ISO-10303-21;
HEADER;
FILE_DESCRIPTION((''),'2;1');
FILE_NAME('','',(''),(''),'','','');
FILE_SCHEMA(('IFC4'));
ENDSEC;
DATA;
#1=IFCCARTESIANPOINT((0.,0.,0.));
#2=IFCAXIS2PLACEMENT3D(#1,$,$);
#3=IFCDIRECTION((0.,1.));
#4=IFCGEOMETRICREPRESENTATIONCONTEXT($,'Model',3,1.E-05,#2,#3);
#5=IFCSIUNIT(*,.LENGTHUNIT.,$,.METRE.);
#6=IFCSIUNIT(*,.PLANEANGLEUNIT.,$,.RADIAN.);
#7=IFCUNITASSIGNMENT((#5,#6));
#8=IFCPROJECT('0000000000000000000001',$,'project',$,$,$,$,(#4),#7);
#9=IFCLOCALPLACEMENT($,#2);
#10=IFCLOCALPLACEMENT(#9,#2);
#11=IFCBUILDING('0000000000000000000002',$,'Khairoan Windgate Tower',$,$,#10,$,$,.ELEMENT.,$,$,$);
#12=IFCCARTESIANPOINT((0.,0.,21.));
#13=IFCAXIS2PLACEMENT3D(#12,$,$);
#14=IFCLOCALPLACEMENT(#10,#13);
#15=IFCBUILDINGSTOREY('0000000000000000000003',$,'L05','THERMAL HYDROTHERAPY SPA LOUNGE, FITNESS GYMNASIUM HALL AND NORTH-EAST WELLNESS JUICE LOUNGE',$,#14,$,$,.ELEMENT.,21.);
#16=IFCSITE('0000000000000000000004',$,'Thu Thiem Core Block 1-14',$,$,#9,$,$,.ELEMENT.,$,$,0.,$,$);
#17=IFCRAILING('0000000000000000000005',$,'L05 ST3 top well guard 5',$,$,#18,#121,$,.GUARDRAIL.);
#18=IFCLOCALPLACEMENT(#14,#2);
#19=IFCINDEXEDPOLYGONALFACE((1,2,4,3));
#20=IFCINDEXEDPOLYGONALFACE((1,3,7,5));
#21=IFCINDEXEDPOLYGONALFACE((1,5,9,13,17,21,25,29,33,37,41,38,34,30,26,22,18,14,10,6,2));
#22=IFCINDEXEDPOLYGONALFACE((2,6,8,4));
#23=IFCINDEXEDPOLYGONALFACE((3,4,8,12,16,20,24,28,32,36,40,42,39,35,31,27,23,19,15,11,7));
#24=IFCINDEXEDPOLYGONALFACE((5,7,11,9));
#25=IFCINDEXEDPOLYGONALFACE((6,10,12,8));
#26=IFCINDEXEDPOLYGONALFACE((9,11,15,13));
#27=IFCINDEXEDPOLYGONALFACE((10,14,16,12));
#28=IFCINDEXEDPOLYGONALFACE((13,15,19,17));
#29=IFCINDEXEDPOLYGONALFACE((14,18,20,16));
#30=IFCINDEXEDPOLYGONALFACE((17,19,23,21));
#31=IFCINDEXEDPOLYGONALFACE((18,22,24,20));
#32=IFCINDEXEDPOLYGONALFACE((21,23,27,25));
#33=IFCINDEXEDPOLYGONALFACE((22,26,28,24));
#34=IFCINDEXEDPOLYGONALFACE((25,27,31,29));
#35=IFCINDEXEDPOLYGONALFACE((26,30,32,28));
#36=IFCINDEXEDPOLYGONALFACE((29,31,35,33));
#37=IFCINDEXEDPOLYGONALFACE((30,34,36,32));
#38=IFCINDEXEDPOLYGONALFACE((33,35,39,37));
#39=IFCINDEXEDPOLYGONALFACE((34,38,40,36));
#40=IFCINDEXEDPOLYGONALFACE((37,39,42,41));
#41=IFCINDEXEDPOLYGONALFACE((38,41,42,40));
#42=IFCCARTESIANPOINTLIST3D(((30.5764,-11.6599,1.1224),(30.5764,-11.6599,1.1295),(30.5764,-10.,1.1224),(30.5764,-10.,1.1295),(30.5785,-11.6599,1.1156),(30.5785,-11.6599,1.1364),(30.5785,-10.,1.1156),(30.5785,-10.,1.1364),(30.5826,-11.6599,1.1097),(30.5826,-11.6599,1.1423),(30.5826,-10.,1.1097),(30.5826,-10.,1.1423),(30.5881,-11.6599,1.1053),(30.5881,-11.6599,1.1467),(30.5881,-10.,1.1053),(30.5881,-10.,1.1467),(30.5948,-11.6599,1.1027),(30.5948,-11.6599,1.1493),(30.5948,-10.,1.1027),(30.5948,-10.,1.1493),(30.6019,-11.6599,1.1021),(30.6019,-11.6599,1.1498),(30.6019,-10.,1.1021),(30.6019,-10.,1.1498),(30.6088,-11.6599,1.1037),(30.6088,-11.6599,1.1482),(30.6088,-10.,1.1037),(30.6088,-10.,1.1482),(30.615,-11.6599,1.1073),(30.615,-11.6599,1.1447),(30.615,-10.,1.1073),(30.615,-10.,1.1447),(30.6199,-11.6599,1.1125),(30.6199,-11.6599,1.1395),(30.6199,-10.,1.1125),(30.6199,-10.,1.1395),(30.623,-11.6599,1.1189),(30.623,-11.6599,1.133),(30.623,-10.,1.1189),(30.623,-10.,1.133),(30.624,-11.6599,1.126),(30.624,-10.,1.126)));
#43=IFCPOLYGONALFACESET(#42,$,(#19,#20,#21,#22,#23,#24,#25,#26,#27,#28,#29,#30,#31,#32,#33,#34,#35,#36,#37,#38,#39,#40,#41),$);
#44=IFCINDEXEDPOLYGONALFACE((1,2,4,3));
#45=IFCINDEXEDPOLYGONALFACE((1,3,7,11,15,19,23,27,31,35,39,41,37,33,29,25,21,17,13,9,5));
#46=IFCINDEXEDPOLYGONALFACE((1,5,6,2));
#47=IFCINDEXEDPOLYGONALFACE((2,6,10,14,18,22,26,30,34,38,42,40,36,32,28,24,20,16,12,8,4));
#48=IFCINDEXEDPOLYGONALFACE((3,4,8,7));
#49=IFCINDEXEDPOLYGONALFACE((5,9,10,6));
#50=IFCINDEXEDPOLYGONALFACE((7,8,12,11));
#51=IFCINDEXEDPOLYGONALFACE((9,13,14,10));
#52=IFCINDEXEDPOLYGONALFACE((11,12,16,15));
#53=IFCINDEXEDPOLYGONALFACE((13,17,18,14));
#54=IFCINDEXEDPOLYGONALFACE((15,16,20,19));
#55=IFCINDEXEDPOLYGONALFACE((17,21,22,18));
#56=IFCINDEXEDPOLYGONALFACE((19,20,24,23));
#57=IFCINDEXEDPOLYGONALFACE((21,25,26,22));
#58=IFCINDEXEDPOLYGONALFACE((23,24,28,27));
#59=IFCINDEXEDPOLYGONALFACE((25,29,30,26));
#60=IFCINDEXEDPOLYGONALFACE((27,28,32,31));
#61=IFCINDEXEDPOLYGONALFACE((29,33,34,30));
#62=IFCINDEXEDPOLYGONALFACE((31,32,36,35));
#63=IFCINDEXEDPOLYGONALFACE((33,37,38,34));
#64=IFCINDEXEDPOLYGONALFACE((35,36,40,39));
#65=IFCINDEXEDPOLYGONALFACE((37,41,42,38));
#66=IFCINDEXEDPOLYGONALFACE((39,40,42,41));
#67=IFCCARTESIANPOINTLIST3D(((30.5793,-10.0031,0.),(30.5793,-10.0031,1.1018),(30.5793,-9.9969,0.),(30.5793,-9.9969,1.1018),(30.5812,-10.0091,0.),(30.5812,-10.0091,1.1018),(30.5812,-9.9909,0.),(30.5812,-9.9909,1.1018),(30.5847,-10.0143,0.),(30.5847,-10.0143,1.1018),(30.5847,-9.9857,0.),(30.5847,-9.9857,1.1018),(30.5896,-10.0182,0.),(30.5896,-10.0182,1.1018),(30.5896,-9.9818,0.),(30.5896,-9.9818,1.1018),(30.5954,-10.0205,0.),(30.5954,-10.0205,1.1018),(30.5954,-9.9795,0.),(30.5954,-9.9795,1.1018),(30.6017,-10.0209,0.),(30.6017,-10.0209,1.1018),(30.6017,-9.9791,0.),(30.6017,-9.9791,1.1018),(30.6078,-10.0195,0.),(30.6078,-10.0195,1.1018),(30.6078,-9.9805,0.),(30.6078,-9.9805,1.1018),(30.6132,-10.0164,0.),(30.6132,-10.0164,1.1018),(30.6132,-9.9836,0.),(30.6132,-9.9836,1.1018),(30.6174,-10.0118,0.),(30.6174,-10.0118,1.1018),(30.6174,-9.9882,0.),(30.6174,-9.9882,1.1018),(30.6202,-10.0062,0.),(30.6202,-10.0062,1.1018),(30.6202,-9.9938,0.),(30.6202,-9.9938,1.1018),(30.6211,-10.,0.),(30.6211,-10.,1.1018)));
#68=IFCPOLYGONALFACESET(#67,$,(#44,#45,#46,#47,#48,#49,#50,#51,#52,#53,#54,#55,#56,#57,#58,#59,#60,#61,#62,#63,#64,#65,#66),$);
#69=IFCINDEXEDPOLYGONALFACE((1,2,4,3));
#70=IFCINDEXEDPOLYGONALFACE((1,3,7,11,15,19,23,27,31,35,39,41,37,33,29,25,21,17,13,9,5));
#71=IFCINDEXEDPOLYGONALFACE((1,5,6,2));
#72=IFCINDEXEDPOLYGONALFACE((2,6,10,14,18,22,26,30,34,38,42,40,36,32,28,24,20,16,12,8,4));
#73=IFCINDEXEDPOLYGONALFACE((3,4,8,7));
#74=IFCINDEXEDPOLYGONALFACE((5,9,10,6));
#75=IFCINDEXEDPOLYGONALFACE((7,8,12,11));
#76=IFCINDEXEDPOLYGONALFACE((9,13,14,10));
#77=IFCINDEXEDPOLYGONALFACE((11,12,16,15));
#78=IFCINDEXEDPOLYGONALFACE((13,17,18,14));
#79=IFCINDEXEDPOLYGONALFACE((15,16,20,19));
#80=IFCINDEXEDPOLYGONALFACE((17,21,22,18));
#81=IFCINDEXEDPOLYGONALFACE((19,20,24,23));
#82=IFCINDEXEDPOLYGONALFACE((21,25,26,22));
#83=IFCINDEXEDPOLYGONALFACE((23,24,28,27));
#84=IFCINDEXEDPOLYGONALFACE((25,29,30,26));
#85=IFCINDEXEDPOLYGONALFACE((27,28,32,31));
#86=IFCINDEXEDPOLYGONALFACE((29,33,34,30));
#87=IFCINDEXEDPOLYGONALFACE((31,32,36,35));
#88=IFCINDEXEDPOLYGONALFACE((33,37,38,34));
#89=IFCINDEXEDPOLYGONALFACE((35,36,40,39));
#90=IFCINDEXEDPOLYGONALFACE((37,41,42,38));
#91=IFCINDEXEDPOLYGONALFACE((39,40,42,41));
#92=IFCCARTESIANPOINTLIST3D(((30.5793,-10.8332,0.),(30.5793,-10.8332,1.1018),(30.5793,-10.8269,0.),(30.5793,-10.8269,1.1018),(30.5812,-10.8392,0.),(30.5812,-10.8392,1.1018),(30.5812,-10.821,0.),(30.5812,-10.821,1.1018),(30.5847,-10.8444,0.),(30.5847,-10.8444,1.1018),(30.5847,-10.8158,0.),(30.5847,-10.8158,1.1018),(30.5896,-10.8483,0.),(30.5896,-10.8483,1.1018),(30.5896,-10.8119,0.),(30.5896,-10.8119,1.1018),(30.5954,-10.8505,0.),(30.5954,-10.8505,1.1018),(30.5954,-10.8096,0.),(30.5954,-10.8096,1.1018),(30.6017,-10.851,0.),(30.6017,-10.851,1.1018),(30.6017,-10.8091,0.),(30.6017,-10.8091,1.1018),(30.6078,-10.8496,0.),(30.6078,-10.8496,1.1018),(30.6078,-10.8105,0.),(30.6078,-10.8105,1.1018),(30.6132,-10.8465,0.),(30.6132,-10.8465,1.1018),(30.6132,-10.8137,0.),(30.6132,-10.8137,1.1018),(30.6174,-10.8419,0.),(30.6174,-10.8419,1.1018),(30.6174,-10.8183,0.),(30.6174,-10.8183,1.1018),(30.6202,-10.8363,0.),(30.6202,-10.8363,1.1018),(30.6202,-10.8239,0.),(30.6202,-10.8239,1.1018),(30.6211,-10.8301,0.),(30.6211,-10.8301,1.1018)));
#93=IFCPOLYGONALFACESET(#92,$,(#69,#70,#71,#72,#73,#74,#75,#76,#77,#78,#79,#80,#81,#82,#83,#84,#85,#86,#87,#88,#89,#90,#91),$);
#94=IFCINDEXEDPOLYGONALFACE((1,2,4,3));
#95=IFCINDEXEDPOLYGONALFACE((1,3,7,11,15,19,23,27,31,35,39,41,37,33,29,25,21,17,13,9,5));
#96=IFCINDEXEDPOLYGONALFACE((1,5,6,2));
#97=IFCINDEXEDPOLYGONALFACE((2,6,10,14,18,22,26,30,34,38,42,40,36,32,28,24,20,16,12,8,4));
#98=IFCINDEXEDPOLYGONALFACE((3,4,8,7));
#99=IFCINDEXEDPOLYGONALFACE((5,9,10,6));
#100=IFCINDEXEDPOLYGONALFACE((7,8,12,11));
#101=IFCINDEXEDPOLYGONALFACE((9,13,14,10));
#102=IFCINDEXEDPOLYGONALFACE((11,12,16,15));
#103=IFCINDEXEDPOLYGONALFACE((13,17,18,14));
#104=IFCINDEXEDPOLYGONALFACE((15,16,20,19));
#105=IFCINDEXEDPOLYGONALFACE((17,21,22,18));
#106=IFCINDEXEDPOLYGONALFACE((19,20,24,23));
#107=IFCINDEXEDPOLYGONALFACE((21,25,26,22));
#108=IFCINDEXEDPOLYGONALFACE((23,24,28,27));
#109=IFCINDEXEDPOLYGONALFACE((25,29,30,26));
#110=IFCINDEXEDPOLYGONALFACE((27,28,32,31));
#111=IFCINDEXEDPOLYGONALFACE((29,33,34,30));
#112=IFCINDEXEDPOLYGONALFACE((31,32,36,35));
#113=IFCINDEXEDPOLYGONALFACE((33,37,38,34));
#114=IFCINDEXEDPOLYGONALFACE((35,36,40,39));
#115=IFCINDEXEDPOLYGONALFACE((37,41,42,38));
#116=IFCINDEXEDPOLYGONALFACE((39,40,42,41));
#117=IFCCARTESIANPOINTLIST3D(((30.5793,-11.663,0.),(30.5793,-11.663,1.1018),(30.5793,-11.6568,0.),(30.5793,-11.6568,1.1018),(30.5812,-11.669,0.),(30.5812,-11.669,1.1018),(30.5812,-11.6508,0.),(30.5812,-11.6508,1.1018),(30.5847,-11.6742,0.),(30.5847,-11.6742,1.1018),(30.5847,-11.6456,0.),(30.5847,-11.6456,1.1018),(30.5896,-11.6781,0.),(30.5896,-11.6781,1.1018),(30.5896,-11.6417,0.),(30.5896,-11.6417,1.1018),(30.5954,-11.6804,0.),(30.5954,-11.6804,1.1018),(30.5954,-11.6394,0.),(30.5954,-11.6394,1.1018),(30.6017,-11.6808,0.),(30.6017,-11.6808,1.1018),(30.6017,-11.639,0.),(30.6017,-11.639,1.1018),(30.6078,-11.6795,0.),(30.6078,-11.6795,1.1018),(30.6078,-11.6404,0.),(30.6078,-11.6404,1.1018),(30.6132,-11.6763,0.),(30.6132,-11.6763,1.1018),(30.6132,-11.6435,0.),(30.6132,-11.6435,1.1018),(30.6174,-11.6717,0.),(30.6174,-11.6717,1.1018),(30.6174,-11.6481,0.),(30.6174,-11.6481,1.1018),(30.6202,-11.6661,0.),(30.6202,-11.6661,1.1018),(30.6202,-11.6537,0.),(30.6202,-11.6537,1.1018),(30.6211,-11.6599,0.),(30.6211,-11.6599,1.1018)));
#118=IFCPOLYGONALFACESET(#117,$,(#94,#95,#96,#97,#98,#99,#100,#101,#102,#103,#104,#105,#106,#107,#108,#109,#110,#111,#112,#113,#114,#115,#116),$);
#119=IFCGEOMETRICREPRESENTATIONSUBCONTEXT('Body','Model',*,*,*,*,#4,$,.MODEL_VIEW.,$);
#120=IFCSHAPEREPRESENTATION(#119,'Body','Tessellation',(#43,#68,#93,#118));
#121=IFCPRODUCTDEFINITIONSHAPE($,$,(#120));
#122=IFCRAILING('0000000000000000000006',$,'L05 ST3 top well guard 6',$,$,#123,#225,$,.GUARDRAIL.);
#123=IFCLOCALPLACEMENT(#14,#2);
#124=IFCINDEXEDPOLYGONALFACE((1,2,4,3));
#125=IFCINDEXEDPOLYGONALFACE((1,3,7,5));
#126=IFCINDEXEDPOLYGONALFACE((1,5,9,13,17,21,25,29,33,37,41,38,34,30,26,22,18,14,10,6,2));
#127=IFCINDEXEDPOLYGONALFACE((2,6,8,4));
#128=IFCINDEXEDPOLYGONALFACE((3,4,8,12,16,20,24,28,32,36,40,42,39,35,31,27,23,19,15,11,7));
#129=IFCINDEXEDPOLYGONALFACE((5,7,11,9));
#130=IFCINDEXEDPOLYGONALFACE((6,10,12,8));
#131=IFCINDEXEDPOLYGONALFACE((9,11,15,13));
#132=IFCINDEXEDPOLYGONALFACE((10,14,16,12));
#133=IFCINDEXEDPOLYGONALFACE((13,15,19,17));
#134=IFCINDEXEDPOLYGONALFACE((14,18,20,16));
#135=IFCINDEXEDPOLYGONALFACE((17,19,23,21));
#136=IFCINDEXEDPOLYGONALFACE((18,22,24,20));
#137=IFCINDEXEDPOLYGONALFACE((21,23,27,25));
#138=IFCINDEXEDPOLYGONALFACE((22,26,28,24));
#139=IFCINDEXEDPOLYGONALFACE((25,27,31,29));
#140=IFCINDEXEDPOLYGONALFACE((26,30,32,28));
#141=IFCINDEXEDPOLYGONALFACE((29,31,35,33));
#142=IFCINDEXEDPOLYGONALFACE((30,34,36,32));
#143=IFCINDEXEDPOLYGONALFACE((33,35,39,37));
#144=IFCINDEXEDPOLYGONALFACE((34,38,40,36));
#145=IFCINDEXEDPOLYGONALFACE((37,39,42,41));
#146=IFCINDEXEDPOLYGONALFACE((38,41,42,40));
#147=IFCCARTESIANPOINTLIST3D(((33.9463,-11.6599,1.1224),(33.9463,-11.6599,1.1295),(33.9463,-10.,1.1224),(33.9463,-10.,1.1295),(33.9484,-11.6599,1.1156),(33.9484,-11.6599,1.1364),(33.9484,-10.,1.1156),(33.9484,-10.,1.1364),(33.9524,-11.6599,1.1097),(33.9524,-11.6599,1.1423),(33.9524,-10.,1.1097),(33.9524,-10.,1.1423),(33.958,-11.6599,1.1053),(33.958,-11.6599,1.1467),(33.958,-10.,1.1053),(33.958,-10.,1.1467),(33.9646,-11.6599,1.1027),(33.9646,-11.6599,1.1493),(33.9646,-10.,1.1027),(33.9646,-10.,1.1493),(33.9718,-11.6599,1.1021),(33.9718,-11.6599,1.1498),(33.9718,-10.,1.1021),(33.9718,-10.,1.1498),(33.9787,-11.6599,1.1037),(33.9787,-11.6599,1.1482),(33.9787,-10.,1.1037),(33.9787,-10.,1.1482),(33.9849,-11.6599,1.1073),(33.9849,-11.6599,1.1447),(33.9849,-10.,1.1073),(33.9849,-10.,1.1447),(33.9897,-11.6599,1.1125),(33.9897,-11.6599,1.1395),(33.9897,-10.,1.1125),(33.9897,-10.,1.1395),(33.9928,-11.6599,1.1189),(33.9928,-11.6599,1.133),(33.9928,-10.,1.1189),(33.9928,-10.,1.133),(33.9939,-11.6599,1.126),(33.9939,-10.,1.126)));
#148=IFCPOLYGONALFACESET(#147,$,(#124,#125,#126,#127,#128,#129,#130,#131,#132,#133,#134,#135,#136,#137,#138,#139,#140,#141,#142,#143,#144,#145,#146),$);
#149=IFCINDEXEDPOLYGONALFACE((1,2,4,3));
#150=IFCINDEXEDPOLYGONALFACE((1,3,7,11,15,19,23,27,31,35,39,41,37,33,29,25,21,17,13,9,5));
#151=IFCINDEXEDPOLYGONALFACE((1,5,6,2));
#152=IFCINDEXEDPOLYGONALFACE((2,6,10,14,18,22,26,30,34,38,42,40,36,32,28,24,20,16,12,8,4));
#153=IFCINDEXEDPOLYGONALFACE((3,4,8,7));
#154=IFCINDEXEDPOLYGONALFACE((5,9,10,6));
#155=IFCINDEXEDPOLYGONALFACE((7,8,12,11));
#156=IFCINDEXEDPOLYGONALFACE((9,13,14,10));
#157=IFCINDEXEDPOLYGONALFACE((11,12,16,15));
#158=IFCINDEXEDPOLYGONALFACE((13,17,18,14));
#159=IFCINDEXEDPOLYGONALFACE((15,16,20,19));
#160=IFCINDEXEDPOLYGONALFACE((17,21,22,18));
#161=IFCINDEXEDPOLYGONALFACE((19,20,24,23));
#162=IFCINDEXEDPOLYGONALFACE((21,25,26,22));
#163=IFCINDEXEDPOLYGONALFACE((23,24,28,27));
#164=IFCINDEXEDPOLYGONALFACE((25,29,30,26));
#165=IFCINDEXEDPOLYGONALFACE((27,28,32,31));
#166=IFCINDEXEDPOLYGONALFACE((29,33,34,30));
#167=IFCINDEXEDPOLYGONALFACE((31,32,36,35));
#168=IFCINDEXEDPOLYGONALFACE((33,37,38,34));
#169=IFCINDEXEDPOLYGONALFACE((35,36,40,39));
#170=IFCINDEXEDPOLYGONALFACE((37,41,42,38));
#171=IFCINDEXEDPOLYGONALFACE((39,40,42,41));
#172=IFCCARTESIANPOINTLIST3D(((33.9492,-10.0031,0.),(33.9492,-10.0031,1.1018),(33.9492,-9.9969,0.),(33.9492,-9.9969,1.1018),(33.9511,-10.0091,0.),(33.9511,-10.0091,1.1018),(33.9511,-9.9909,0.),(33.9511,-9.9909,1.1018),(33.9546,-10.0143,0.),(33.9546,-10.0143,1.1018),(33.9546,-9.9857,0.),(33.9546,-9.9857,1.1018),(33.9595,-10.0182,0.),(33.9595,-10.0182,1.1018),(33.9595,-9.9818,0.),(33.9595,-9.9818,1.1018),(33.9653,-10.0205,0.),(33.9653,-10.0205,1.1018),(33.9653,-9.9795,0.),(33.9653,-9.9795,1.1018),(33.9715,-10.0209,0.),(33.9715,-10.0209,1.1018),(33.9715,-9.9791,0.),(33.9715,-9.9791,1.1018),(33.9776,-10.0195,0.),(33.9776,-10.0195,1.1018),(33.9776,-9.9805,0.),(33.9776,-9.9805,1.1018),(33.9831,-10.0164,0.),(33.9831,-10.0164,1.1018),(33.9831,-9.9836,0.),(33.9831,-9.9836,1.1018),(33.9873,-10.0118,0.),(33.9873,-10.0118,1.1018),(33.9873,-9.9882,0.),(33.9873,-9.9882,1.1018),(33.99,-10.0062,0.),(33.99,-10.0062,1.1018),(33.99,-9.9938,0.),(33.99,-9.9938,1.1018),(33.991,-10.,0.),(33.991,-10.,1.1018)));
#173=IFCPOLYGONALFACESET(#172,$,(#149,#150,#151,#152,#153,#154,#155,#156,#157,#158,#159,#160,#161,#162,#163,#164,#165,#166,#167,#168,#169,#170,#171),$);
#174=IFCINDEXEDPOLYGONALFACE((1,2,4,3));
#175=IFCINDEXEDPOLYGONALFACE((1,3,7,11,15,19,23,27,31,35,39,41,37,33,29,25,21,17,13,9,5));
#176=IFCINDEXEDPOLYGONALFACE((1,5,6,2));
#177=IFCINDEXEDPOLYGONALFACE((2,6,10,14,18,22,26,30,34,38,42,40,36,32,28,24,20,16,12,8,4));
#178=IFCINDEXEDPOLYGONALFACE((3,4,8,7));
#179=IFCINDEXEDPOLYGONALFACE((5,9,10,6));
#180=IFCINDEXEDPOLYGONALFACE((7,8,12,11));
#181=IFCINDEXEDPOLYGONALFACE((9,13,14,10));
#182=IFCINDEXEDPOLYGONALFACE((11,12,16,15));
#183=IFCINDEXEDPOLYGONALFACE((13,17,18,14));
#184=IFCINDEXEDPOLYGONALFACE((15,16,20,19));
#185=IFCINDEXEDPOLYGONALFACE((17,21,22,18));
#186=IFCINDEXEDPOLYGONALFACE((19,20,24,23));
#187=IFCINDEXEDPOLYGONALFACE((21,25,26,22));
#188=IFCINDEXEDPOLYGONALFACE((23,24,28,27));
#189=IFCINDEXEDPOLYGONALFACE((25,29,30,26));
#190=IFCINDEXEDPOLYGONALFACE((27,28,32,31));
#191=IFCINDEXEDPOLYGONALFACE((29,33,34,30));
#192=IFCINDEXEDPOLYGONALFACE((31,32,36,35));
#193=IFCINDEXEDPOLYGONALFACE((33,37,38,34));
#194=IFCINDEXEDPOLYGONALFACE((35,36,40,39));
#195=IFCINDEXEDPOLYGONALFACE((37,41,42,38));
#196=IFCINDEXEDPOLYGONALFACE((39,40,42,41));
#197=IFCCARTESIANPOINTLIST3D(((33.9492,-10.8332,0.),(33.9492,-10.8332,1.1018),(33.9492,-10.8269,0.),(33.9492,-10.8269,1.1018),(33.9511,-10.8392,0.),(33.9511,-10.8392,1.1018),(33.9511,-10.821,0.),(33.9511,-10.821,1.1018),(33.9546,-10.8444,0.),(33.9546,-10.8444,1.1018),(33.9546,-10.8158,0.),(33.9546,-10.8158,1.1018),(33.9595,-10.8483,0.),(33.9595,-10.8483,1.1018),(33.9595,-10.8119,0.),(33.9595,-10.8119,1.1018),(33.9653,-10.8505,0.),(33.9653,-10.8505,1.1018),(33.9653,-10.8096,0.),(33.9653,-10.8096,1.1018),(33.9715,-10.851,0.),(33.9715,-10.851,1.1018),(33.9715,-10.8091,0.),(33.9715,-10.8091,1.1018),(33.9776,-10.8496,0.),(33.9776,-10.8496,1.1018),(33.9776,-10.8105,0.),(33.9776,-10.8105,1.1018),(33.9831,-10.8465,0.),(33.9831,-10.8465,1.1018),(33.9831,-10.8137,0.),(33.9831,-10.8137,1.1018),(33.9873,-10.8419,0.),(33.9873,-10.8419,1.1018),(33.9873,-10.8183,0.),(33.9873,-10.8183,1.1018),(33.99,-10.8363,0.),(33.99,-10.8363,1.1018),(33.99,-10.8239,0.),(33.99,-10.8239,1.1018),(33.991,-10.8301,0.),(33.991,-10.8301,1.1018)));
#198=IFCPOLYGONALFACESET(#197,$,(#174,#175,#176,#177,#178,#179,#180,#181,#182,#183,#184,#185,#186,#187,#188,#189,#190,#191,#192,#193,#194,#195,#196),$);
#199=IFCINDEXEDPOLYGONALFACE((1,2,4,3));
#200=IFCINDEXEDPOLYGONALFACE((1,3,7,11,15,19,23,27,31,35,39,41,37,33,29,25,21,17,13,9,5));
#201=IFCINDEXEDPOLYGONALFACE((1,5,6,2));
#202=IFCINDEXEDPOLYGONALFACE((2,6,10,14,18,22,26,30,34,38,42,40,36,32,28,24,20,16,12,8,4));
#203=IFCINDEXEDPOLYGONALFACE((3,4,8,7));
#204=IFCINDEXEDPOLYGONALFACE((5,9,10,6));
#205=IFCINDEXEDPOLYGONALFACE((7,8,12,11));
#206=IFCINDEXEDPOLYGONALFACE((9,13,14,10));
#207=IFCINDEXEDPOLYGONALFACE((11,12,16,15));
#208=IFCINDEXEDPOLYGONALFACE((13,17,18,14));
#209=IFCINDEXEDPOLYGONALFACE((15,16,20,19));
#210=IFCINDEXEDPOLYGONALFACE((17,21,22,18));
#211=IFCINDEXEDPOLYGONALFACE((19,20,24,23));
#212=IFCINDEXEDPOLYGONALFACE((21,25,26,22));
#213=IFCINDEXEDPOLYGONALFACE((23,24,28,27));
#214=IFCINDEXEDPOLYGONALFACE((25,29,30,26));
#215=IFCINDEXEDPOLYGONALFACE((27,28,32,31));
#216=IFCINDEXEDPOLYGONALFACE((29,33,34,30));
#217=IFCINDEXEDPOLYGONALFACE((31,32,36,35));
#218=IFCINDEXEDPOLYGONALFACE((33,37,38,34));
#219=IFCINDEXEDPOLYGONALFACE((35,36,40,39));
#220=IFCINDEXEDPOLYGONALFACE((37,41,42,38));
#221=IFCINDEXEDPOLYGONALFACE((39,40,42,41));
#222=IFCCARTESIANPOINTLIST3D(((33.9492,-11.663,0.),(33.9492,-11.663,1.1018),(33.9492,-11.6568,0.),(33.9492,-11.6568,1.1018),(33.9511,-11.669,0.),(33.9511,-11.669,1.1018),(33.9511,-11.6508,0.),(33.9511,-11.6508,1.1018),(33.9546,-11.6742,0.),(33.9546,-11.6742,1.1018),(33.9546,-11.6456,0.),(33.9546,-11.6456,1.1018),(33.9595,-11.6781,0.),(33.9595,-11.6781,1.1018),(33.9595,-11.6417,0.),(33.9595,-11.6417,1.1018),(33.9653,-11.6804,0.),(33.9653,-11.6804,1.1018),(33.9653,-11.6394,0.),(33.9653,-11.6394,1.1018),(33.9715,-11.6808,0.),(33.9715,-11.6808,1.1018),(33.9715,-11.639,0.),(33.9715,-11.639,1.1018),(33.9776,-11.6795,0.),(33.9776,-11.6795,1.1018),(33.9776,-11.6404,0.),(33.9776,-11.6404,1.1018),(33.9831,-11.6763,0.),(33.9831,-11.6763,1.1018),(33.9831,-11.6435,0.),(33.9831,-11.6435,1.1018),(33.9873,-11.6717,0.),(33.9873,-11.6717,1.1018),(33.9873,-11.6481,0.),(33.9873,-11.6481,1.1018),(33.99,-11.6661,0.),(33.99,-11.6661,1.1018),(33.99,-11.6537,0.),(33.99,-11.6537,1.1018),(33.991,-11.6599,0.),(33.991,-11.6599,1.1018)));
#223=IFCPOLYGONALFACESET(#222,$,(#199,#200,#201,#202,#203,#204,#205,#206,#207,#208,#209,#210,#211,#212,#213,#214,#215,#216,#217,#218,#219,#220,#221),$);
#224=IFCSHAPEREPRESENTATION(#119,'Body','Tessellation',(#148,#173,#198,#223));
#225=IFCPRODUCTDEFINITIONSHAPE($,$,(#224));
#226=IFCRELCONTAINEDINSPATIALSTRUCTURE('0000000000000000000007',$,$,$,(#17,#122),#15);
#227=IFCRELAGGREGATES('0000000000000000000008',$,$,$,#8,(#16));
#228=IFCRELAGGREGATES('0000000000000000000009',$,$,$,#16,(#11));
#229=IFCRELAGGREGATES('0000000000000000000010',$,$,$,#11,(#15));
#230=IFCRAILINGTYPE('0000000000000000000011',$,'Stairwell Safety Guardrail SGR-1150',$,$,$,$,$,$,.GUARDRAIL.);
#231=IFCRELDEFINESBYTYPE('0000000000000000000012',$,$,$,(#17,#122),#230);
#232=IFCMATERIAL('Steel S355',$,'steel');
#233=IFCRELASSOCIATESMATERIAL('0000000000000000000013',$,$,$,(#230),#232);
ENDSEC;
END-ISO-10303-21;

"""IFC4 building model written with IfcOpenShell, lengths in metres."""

from ifc_helpers import new_model, si_unit, direction, frame, origin, origin_2d, place, context, subcontext, project, spatial, circle, extrude, material, type_object, element, save


model = new_model("IFC4")

# Units and contexts
model_context = context("Model", 3, precision=1e-05, world=origin(), true_north=direction((0.0, 1.0)))
body_context = subcontext(model_context, "Body", "Model", "MODEL_VIEW")
ifc_project = project(units=[si_unit("LENGTHUNIT", "METRE"), si_unit("PLANEANGLEUNIT", "RADIAN")], contexts=[model_context])

# Site, building, storey
site_placement = place(None, origin())
site = spatial("IfcSite", under=ifc_project, at=site_placement, Name="Thu Thiem Core Block 1-14", CompositionType="ELEMENT", RefElevation=0.0)
building_placement = place(site_placement, origin())
building = spatial("IfcBuilding", under=site, at=building_placement, Name="Khairoan Windgate Tower", CompositionType="ELEMENT")
storey_placement = place(building_placement, frame((0.0, 0.0, 21.0)))
storey = spatial("IfcBuildingStorey", under=building, at=storey_placement, Name="L05", Description="THERMAL HYDROTHERAPY SPA LOUNGE, FITNESS GYMNASIUM HALL AND NORTH-EAST WELLNESS JUICE LOUNGE", CompositionType="ELEMENT", Elevation=21.0)

# Railings
ifc_material_1 = material(Name="Steel S355", Category="steel")
railing_type_1 = type_object("IfcRailingType", Name="Stairwell Safety Guardrail SGR-1150", PredefinedType="GUARDRAIL", material=ifc_material_1)
for number, where, name in (
    (1, (30.6001, -10.0, 0.0), "L05 ST3 top well guard 5"),
    (2, (33.97, -10.0, 0.0), "L05 ST3 top well guard 6"),
):
    element("IfcRailing", number, at=place(storey_placement, frame(where)), inside=storey, type_object=railing_type_1, Name=name, PredefinedType="GUARDRAIL", context=body_context, shape_type="SweptSolid", body=[
        extrude(circle(Radius=0.0239, at=origin_2d()), frame((0.0, 0.0, 1.126), z_axis=(0.0, -1.0, 0.0), x_axis=(1.0, 0.0, 0.0)), (0.0, 0.0, 1.0), 1.6599),
        extrude(circle(Radius=0.021, at=origin_2d()), origin(), (0.0, 0.0, 1.0), 1.1018),
        extrude(circle(Radius=0.021, at=origin_2d()), frame((0.0, -0.8301, 0.0)), (0.0, 0.0, 1.0), 1.1018),
        extrude(circle(Radius=0.021, at=origin_2d()), frame((0.0, -1.6599, 0.0)), (0.0, 0.0, 1.0), 1.1018),
    ])

save(model, "model.ifc")
